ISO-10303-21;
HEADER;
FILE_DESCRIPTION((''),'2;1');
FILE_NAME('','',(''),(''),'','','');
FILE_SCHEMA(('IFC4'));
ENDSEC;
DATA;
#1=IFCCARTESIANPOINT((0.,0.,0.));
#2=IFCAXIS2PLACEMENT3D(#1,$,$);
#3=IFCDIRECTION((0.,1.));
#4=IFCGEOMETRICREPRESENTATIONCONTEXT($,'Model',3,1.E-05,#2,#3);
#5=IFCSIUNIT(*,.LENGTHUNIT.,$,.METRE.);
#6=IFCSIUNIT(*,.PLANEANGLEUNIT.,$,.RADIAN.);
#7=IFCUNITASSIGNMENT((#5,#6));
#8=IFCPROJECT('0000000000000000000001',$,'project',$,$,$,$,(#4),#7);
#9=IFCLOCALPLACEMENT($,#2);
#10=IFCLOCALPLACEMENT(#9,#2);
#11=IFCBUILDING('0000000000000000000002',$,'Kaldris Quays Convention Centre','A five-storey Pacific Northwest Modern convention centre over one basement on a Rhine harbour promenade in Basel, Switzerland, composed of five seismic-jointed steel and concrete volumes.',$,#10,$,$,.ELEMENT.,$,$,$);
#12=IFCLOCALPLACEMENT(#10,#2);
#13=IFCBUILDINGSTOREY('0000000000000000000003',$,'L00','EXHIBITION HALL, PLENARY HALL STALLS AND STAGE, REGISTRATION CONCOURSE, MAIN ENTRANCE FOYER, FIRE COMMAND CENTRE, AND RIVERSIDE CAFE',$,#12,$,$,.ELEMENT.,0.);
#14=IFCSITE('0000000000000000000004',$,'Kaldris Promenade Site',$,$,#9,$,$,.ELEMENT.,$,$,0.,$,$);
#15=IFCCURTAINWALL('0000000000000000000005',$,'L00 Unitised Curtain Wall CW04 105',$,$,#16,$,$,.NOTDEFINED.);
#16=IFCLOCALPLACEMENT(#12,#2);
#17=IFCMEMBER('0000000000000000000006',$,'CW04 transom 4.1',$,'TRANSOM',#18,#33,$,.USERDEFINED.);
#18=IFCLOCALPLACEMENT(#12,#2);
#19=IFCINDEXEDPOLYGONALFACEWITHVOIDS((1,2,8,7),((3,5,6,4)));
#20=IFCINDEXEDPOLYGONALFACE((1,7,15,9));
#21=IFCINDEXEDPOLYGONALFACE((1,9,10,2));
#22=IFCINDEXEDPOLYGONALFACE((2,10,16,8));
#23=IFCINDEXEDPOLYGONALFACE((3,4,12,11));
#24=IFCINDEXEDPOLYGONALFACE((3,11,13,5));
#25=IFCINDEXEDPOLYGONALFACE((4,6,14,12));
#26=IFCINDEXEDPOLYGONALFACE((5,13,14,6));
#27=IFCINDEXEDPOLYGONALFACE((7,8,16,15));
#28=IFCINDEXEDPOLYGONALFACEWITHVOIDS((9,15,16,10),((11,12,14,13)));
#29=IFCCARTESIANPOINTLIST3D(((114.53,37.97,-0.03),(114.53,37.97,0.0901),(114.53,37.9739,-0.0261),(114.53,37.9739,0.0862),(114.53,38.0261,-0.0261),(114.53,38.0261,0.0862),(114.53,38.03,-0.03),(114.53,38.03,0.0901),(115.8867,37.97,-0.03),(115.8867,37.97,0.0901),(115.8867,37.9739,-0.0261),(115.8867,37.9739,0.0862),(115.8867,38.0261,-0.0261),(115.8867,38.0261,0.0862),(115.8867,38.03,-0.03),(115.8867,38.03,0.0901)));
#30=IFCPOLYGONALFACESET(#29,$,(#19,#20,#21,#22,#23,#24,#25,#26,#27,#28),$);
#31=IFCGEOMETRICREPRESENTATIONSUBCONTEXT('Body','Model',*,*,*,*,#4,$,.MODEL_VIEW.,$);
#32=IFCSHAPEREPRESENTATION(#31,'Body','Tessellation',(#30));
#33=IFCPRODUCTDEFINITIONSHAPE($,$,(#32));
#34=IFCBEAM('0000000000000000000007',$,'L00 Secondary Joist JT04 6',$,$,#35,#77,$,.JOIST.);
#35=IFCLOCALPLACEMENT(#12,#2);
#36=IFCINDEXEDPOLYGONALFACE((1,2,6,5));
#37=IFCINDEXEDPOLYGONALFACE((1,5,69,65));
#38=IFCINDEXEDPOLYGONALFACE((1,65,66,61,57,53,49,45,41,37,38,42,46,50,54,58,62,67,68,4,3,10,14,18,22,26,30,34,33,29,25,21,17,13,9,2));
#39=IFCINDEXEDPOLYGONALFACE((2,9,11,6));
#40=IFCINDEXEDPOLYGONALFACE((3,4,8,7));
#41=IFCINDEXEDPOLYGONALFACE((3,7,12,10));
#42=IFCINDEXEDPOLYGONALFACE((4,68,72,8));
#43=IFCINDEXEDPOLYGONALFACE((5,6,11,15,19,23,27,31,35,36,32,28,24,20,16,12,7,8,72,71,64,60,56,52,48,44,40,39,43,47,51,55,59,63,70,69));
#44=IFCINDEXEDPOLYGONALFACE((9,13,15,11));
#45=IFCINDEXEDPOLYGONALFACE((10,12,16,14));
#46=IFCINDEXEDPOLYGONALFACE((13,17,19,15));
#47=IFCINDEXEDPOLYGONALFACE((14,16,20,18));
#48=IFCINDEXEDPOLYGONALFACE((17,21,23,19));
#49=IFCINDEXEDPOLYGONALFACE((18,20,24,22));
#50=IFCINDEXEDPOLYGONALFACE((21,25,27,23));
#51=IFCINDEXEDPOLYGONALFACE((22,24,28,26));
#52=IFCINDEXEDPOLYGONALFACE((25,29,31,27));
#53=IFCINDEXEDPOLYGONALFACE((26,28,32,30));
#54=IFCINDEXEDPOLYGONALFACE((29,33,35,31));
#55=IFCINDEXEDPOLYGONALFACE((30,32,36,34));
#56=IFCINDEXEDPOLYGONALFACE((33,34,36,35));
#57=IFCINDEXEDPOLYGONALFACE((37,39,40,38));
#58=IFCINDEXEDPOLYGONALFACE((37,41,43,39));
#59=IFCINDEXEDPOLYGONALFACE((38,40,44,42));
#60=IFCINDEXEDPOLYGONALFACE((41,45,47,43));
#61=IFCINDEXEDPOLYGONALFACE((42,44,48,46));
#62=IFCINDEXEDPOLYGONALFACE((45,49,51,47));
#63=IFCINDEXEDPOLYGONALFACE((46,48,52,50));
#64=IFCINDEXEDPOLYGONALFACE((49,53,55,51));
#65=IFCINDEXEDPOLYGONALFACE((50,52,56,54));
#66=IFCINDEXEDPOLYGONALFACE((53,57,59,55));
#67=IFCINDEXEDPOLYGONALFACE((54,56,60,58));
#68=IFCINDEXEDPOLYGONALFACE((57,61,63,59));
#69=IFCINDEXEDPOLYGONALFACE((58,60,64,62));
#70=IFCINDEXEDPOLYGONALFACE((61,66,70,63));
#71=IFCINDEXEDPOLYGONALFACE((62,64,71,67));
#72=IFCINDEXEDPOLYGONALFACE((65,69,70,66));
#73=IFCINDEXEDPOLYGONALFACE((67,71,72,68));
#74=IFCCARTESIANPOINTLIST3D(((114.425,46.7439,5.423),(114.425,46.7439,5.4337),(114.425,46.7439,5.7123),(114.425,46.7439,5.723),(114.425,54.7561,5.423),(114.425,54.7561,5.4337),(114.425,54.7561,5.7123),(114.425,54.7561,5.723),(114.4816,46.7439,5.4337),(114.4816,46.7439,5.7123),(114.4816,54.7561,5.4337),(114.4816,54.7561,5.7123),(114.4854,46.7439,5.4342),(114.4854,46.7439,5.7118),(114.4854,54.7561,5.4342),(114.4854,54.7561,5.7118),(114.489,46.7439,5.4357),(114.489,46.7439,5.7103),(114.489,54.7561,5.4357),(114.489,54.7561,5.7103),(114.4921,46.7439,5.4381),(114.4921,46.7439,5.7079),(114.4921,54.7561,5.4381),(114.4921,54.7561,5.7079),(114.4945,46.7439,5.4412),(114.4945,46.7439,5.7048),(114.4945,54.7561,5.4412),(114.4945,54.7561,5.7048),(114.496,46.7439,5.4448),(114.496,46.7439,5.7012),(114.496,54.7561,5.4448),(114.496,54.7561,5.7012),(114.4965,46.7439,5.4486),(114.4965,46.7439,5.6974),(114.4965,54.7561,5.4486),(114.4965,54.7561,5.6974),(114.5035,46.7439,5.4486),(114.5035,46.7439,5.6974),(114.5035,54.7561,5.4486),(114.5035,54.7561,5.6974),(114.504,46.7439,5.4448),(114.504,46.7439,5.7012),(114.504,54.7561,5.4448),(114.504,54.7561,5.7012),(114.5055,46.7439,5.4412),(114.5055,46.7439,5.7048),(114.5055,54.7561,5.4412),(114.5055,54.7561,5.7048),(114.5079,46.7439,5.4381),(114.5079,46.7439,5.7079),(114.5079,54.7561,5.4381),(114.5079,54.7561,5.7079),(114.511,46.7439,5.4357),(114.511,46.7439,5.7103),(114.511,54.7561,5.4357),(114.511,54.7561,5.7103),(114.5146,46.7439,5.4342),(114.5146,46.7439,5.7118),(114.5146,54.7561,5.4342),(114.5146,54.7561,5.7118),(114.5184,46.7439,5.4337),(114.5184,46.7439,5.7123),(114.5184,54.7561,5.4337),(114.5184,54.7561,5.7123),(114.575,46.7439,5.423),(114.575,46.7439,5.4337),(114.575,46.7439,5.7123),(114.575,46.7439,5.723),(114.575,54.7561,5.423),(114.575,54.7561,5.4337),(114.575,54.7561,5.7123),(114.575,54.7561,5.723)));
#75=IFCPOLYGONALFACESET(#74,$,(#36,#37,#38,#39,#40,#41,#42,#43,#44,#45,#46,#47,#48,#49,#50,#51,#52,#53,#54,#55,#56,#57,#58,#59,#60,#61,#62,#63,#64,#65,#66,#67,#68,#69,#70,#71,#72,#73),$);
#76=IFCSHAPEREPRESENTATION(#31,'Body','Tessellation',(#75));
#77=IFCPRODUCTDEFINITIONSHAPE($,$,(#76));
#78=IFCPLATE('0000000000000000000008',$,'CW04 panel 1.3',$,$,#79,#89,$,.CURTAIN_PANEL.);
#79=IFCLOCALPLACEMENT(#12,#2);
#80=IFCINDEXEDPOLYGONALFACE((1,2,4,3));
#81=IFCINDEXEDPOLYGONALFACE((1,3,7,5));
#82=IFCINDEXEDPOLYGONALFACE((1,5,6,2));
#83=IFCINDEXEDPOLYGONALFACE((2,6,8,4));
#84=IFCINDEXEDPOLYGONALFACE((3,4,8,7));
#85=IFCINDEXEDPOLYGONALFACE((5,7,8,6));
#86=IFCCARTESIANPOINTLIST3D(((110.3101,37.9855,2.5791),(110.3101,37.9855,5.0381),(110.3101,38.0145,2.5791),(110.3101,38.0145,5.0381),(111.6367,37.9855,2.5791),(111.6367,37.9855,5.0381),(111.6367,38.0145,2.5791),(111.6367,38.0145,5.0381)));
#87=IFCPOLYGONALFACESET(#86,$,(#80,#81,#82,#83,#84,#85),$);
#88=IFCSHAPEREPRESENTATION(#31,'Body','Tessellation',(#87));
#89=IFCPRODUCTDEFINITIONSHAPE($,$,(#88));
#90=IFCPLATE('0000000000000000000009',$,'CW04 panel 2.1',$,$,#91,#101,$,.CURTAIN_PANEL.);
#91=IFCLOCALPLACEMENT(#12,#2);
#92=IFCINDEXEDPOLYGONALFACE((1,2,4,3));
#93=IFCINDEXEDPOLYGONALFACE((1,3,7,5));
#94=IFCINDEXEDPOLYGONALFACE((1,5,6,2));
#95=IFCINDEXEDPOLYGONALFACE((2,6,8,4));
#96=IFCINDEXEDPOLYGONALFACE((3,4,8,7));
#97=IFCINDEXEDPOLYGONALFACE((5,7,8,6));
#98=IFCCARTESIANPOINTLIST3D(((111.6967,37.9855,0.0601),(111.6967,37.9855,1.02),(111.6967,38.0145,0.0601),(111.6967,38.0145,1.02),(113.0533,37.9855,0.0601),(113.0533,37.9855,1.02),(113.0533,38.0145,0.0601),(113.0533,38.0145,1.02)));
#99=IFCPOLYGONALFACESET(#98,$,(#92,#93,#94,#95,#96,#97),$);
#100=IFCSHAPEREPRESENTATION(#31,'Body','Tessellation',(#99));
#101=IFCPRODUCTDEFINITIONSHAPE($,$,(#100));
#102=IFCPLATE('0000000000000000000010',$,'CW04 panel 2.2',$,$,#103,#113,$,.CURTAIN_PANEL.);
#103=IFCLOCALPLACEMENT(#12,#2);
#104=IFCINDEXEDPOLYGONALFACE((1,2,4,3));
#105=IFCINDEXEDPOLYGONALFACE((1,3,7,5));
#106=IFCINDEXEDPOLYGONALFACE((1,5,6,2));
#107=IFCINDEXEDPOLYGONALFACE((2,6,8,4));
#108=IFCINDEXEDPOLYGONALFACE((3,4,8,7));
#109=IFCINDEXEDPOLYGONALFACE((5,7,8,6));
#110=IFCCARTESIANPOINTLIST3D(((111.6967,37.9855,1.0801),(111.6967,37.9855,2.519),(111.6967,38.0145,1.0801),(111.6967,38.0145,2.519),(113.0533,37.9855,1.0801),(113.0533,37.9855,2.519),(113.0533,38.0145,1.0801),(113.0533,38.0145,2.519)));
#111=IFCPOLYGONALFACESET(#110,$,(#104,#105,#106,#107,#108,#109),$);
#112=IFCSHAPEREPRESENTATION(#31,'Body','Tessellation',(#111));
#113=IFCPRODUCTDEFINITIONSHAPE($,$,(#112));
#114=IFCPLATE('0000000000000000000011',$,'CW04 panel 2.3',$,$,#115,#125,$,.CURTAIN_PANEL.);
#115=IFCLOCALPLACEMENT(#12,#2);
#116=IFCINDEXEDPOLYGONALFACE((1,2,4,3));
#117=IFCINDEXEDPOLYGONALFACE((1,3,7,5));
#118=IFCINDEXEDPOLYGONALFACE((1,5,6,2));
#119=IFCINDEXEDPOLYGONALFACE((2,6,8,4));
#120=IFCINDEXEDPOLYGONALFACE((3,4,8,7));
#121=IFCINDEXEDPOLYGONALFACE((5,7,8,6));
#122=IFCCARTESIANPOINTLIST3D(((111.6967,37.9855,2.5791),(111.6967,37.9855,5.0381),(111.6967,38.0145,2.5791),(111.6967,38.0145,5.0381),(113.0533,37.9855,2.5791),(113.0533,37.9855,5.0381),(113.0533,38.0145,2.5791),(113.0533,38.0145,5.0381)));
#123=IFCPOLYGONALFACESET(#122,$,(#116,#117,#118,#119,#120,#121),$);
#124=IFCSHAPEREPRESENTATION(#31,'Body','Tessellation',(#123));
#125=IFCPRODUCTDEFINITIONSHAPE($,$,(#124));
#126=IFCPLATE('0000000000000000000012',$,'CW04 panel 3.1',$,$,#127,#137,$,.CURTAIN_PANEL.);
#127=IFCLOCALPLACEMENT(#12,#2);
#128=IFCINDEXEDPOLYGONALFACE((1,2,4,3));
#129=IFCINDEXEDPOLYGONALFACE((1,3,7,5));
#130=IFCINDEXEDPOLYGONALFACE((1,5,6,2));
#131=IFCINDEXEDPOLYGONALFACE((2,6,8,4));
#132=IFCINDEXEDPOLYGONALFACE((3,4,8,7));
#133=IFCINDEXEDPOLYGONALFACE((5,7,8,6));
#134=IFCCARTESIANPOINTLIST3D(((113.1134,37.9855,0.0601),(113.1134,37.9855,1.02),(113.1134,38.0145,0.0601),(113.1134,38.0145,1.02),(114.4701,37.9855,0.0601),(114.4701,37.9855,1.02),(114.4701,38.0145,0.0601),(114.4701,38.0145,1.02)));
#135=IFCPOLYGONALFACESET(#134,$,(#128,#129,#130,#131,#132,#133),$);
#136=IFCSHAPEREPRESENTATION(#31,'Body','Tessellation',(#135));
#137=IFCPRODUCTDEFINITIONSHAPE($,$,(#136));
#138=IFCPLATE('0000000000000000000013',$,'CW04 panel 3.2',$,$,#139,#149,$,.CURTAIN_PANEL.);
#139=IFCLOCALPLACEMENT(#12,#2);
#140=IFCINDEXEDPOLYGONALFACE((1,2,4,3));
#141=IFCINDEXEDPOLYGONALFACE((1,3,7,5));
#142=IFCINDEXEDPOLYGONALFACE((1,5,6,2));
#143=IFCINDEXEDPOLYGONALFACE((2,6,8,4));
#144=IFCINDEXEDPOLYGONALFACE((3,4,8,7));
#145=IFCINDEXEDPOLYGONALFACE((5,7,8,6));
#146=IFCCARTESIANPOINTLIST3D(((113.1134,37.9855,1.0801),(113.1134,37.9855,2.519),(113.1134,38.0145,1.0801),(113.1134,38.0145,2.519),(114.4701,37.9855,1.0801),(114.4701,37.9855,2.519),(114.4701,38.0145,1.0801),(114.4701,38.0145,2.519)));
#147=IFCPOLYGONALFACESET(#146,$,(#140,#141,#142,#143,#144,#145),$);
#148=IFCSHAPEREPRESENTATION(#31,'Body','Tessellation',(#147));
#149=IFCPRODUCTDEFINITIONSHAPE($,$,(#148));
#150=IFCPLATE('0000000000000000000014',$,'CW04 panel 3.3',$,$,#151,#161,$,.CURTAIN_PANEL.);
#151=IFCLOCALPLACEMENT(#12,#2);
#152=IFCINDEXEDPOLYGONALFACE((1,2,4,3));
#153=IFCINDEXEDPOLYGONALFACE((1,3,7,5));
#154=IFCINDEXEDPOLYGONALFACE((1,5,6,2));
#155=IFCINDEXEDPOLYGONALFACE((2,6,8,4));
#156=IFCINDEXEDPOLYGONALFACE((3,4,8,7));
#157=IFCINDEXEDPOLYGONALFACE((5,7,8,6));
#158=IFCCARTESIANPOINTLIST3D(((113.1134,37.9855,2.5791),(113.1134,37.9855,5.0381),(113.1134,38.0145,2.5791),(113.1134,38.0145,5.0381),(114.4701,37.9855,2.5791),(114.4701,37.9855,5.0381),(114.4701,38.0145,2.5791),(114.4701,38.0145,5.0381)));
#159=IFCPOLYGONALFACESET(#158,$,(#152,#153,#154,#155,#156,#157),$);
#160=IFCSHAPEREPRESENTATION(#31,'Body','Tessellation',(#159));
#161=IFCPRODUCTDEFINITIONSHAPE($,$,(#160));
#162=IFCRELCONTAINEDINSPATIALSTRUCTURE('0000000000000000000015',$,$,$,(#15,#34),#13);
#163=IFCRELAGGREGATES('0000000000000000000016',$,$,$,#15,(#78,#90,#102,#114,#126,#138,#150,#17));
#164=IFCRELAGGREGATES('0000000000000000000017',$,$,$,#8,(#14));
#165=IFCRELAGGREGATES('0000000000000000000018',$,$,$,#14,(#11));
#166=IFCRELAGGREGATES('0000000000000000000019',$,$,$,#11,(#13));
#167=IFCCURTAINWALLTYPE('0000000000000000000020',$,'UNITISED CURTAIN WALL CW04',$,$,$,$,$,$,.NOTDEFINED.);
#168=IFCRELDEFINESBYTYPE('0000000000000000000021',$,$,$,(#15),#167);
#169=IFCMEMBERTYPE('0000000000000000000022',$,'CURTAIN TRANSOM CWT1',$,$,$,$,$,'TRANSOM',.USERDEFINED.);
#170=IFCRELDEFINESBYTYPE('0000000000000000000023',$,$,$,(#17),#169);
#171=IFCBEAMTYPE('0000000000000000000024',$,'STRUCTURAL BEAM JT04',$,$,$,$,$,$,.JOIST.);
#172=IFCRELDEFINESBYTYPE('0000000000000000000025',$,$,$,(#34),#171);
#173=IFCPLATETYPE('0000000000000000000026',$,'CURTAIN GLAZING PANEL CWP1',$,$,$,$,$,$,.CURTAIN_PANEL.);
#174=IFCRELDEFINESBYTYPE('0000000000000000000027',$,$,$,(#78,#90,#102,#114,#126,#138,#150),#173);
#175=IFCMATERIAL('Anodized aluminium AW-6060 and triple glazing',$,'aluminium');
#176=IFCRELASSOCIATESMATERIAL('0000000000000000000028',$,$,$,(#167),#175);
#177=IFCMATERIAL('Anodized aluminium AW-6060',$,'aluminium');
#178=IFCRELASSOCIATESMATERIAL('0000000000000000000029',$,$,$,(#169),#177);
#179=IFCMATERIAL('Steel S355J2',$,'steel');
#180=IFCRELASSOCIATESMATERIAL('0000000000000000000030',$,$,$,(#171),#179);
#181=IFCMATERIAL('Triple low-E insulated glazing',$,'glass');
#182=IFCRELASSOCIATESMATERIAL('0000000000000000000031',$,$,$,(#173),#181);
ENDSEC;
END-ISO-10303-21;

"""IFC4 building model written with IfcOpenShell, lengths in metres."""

from ifc_helpers import new_model, si_unit, direction, frame, origin, origin_2d, place, context, subcontext, project, spatial, rectangle, hollow_rectangle, i_section, extrude, material, material_profile, profile_set, type_object, element, aggregate, save


model = new_model("IFC4")

# Units and contexts
model_context = context("Model", 3, precision=1e-05, world=origin(), true_north=direction((0.0, 1.0)))
body_context = subcontext(model_context, "Body", "Model", "MODEL_VIEW")
ifc_project = project(units=[si_unit("LENGTHUNIT", "METRE"), si_unit("PLANEANGLEUNIT", "RADIAN")], contexts=[model_context])

# Site, building, storey
site_placement = place(None, origin())
site = spatial("IfcSite", under=ifc_project, at=site_placement, Name="Kaldris Promenade Site", CompositionType="ELEMENT", RefElevation=0.0)
building_placement = place(site_placement, origin())
building = spatial("IfcBuilding", under=site, at=building_placement, Name="Kaldris Quays Convention Centre", Description="A five-storey Pacific Northwest Modern convention centre over one basement on a Rhine harbour promenade in Basel, Switzerland, composed of five seismic-jointed steel and concrete volumes.", CompositionType="ELEMENT")
storey_placement = place(building_placement, origin())
storey = spatial("IfcBuildingStorey", under=building, at=storey_placement, Name="L00", Description="EXHIBITION HALL, PLENARY HALL STALLS AND STAGE, REGISTRATION CONCOURSE, MAIN ENTRANCE FOYER, FIRE COMMAND CENTRE, AND RIVERSIDE CAFE", CompositionType="ELEMENT", Elevation=0.0)

# Curtain wall, member
ifc_material_1 = material(Name="Anodized aluminium AW-6060 and triple glazing", Category="aluminium")
curtain_wall_type = type_object("IfcCurtainWallType", Name="UNITISED CURTAIN WALL CW04", PredefinedType="NOTDEFINED", material=ifc_material_1)
curtain_wall_placement = place(storey_placement, origin())
curtain_wall = element("IfcCurtainWall", 1, at=curtain_wall_placement, inside=storey, type_object=curtain_wall_type, Name="L00 Unitised Curtain Wall CW04 105", PredefinedType="NOTDEFINED")
ifc_material_2 = material(Name="Anodized aluminium AW-6060", Category="aluminium")
ifc_material_profile_1 = material_profile(ifc_material_2, hollow_rectangle(XDim=0.0601, YDim=0.1201, WallThickness=0.0039, at=origin_2d()), Name="RHS 120x60x4")
ifc_profile_set_1 = profile_set([ifc_material_profile_1], Name="Anodized aluminium AW-6060")
member_type_1 = type_object("IfcMemberType", Name="CURTAIN TRANSOM CWT1", ElementType="TRANSOM", PredefinedType="USERDEFINED", material=ifc_profile_set_1)
member_1_placement = place(storey_placement, frame((114.53, 38.0, 0.03), z_axis=(1.0, 0.0, 0.0), x_axis=(0.0, 1.0, 0.0)))
member_1 = element("IfcMember", 2, at=member_1_placement, type_object=member_type_1, Name="CW04 transom 4.1", ObjectType="TRANSOM", PredefinedType="USERDEFINED", context=body_context, shape_type="SweptSolid", body=[
    extrude(hollow_rectangle(XDim=0.0601, YDim=0.1201, WallThickness=0.0039, at=origin_2d()), origin(), (0.0, 0.0, 1.0), 1.3567),
])

# Beam
ifc_material_3 = material(Name="Steel S355J2", Category="steel")
ifc_material_profile_2 = material_profile(ifc_material_3, i_section(OverallWidth=0.1499, OverallDepth=0.3, WebThickness=0.0071, FlangeThickness=0.0107, FilletRadius=0.0149, at=origin_2d()), Name="IPE 300")
ifc_profile_set_2 = profile_set([ifc_material_profile_2], Name="Steel S355J2")
beam_type = type_object("IfcBeamType", Name="STRUCTURAL BEAM JT04", PredefinedType="JOIST", material=ifc_profile_set_2)
beam_placement = place(storey_placement, frame((114.5, 46.7439, 5.573), z_axis=(0.0, 1.0, 0.0), x_axis=(-1.0, 0.0, 0.0)))
element("IfcBeam", 3, at=beam_placement, inside=storey, type_object=beam_type, Name="L00 Secondary Joist JT04 6", PredefinedType="JOIST", context=body_context, shape_type="SweptSolid", body=[
    extrude(i_section(OverallWidth=0.1499, OverallDepth=0.3, WebThickness=0.0071, FlangeThickness=0.0107, FilletRadius=0.0149, at=origin_2d()), origin(), (0.0, 0.0, 1.0), 8.0122),
])

# Plates
ifc_material_4 = material(Name="Triple low-E insulated glazing", Category="glass")
plate_type = type_object("IfcPlateType", Name="CURTAIN GLAZING PANEL CWP1", PredefinedType="CURTAIN_PANEL", material=ifc_material_4)
plate_1_placement = place(storey_placement, frame((110.9734, 38.0, 2.5791), z_axis=(0.0, 0.0, 1.0), x_axis=(1.0, 0.0, 0.0)))
plate_1 = element("IfcPlate", 4, at=plate_1_placement, type_object=plate_type, Name="CW04 panel 1.3", PredefinedType="CURTAIN_PANEL", context=body_context, shape_type="SweptSolid", body=[
    extrude(rectangle(XDim=1.3267, YDim=0.0291, at=origin_2d()), origin(), (0.0, 0.0, 1.0), 2.459),
])
plate_2_placement = place(storey_placement, frame((112.375, 38.0, 0.0601), z_axis=(0.0, 0.0, 1.0), x_axis=(1.0, 0.0, 0.0)))
plate_2 = element("IfcPlate", 5, at=plate_2_placement, type_object=plate_type, Name="CW04 panel 2.1", PredefinedType="CURTAIN_PANEL", context=body_context, shape_type="SweptSolid", body=[
    extrude(rectangle(XDim=1.3567, YDim=0.0291, at=origin_2d()), origin(), (0.0, 0.0, 1.0), 0.96),
])
plate_3_placement = place(storey_placement, frame((112.375, 38.0, 1.0801), z_axis=(0.0, 0.0, 1.0), x_axis=(1.0, 0.0, 0.0)))
plate_3 = element("IfcPlate", 6, at=plate_3_placement, type_object=plate_type, Name="CW04 panel 2.2", PredefinedType="CURTAIN_PANEL", context=body_context, shape_type="SweptSolid", body=[
    extrude(rectangle(XDim=1.3567, YDim=0.0291, at=origin_2d()), origin(), (0.0, 0.0, 1.0), 1.439),
])
plate_4_placement = place(storey_placement, frame((112.375, 38.0, 2.5791), z_axis=(0.0, 0.0, 1.0), x_axis=(1.0, 0.0, 0.0)))
plate_4 = element("IfcPlate", 7, at=plate_4_placement, type_object=plate_type, Name="CW04 panel 2.3", PredefinedType="CURTAIN_PANEL", context=body_context, shape_type="SweptSolid", body=[
    extrude(rectangle(XDim=1.3567, YDim=0.0291, at=origin_2d()), origin(), (0.0, 0.0, 1.0), 2.459),
])
plate_5_placement = place(storey_placement, frame((113.7917, 38.0, 0.0601), z_axis=(0.0, 0.0, 1.0), x_axis=(1.0, 0.0, 0.0)))
plate_5 = element("IfcPlate", 8, at=plate_5_placement, type_object=plate_type, Name="CW04 panel 3.1", PredefinedType="CURTAIN_PANEL", context=body_context, shape_type="SweptSolid", body=[
    extrude(rectangle(XDim=1.3567, YDim=0.0291, at=origin_2d()), origin(), (0.0, 0.0, 1.0), 0.96),
])
plate_6_placement = place(storey_placement, frame((113.7917, 38.0, 1.0801), z_axis=(0.0, 0.0, 1.0), x_axis=(1.0, 0.0, 0.0)))
plate_6 = element("IfcPlate", 9, at=plate_6_placement, type_object=plate_type, Name="CW04 panel 3.2", PredefinedType="CURTAIN_PANEL", context=body_context, shape_type="SweptSolid", body=[
    extrude(rectangle(XDim=1.3567, YDim=0.0291, at=origin_2d()), origin(), (0.0, 0.0, 1.0), 1.439),
])
plate_7_placement = place(storey_placement, frame((113.7917, 38.0, 2.5791), z_axis=(0.0, 0.0, 1.0), x_axis=(1.0, 0.0, 0.0)))
plate_7 = element("IfcPlate", 10, at=plate_7_placement, type_object=plate_type, Name="CW04 panel 3.3", PredefinedType="CURTAIN_PANEL", context=body_context, shape_type="SweptSolid", body=[
    extrude(rectangle(XDim=1.3567, YDim=0.0291, at=origin_2d()), origin(), (0.0, 0.0, 1.0), 2.459),
])
aggregate(curtain_wall, [plate_1, plate_2, plate_3, plate_4, plate_5, plate_6, plate_7, member_1])

save(model, "model.ifc")
